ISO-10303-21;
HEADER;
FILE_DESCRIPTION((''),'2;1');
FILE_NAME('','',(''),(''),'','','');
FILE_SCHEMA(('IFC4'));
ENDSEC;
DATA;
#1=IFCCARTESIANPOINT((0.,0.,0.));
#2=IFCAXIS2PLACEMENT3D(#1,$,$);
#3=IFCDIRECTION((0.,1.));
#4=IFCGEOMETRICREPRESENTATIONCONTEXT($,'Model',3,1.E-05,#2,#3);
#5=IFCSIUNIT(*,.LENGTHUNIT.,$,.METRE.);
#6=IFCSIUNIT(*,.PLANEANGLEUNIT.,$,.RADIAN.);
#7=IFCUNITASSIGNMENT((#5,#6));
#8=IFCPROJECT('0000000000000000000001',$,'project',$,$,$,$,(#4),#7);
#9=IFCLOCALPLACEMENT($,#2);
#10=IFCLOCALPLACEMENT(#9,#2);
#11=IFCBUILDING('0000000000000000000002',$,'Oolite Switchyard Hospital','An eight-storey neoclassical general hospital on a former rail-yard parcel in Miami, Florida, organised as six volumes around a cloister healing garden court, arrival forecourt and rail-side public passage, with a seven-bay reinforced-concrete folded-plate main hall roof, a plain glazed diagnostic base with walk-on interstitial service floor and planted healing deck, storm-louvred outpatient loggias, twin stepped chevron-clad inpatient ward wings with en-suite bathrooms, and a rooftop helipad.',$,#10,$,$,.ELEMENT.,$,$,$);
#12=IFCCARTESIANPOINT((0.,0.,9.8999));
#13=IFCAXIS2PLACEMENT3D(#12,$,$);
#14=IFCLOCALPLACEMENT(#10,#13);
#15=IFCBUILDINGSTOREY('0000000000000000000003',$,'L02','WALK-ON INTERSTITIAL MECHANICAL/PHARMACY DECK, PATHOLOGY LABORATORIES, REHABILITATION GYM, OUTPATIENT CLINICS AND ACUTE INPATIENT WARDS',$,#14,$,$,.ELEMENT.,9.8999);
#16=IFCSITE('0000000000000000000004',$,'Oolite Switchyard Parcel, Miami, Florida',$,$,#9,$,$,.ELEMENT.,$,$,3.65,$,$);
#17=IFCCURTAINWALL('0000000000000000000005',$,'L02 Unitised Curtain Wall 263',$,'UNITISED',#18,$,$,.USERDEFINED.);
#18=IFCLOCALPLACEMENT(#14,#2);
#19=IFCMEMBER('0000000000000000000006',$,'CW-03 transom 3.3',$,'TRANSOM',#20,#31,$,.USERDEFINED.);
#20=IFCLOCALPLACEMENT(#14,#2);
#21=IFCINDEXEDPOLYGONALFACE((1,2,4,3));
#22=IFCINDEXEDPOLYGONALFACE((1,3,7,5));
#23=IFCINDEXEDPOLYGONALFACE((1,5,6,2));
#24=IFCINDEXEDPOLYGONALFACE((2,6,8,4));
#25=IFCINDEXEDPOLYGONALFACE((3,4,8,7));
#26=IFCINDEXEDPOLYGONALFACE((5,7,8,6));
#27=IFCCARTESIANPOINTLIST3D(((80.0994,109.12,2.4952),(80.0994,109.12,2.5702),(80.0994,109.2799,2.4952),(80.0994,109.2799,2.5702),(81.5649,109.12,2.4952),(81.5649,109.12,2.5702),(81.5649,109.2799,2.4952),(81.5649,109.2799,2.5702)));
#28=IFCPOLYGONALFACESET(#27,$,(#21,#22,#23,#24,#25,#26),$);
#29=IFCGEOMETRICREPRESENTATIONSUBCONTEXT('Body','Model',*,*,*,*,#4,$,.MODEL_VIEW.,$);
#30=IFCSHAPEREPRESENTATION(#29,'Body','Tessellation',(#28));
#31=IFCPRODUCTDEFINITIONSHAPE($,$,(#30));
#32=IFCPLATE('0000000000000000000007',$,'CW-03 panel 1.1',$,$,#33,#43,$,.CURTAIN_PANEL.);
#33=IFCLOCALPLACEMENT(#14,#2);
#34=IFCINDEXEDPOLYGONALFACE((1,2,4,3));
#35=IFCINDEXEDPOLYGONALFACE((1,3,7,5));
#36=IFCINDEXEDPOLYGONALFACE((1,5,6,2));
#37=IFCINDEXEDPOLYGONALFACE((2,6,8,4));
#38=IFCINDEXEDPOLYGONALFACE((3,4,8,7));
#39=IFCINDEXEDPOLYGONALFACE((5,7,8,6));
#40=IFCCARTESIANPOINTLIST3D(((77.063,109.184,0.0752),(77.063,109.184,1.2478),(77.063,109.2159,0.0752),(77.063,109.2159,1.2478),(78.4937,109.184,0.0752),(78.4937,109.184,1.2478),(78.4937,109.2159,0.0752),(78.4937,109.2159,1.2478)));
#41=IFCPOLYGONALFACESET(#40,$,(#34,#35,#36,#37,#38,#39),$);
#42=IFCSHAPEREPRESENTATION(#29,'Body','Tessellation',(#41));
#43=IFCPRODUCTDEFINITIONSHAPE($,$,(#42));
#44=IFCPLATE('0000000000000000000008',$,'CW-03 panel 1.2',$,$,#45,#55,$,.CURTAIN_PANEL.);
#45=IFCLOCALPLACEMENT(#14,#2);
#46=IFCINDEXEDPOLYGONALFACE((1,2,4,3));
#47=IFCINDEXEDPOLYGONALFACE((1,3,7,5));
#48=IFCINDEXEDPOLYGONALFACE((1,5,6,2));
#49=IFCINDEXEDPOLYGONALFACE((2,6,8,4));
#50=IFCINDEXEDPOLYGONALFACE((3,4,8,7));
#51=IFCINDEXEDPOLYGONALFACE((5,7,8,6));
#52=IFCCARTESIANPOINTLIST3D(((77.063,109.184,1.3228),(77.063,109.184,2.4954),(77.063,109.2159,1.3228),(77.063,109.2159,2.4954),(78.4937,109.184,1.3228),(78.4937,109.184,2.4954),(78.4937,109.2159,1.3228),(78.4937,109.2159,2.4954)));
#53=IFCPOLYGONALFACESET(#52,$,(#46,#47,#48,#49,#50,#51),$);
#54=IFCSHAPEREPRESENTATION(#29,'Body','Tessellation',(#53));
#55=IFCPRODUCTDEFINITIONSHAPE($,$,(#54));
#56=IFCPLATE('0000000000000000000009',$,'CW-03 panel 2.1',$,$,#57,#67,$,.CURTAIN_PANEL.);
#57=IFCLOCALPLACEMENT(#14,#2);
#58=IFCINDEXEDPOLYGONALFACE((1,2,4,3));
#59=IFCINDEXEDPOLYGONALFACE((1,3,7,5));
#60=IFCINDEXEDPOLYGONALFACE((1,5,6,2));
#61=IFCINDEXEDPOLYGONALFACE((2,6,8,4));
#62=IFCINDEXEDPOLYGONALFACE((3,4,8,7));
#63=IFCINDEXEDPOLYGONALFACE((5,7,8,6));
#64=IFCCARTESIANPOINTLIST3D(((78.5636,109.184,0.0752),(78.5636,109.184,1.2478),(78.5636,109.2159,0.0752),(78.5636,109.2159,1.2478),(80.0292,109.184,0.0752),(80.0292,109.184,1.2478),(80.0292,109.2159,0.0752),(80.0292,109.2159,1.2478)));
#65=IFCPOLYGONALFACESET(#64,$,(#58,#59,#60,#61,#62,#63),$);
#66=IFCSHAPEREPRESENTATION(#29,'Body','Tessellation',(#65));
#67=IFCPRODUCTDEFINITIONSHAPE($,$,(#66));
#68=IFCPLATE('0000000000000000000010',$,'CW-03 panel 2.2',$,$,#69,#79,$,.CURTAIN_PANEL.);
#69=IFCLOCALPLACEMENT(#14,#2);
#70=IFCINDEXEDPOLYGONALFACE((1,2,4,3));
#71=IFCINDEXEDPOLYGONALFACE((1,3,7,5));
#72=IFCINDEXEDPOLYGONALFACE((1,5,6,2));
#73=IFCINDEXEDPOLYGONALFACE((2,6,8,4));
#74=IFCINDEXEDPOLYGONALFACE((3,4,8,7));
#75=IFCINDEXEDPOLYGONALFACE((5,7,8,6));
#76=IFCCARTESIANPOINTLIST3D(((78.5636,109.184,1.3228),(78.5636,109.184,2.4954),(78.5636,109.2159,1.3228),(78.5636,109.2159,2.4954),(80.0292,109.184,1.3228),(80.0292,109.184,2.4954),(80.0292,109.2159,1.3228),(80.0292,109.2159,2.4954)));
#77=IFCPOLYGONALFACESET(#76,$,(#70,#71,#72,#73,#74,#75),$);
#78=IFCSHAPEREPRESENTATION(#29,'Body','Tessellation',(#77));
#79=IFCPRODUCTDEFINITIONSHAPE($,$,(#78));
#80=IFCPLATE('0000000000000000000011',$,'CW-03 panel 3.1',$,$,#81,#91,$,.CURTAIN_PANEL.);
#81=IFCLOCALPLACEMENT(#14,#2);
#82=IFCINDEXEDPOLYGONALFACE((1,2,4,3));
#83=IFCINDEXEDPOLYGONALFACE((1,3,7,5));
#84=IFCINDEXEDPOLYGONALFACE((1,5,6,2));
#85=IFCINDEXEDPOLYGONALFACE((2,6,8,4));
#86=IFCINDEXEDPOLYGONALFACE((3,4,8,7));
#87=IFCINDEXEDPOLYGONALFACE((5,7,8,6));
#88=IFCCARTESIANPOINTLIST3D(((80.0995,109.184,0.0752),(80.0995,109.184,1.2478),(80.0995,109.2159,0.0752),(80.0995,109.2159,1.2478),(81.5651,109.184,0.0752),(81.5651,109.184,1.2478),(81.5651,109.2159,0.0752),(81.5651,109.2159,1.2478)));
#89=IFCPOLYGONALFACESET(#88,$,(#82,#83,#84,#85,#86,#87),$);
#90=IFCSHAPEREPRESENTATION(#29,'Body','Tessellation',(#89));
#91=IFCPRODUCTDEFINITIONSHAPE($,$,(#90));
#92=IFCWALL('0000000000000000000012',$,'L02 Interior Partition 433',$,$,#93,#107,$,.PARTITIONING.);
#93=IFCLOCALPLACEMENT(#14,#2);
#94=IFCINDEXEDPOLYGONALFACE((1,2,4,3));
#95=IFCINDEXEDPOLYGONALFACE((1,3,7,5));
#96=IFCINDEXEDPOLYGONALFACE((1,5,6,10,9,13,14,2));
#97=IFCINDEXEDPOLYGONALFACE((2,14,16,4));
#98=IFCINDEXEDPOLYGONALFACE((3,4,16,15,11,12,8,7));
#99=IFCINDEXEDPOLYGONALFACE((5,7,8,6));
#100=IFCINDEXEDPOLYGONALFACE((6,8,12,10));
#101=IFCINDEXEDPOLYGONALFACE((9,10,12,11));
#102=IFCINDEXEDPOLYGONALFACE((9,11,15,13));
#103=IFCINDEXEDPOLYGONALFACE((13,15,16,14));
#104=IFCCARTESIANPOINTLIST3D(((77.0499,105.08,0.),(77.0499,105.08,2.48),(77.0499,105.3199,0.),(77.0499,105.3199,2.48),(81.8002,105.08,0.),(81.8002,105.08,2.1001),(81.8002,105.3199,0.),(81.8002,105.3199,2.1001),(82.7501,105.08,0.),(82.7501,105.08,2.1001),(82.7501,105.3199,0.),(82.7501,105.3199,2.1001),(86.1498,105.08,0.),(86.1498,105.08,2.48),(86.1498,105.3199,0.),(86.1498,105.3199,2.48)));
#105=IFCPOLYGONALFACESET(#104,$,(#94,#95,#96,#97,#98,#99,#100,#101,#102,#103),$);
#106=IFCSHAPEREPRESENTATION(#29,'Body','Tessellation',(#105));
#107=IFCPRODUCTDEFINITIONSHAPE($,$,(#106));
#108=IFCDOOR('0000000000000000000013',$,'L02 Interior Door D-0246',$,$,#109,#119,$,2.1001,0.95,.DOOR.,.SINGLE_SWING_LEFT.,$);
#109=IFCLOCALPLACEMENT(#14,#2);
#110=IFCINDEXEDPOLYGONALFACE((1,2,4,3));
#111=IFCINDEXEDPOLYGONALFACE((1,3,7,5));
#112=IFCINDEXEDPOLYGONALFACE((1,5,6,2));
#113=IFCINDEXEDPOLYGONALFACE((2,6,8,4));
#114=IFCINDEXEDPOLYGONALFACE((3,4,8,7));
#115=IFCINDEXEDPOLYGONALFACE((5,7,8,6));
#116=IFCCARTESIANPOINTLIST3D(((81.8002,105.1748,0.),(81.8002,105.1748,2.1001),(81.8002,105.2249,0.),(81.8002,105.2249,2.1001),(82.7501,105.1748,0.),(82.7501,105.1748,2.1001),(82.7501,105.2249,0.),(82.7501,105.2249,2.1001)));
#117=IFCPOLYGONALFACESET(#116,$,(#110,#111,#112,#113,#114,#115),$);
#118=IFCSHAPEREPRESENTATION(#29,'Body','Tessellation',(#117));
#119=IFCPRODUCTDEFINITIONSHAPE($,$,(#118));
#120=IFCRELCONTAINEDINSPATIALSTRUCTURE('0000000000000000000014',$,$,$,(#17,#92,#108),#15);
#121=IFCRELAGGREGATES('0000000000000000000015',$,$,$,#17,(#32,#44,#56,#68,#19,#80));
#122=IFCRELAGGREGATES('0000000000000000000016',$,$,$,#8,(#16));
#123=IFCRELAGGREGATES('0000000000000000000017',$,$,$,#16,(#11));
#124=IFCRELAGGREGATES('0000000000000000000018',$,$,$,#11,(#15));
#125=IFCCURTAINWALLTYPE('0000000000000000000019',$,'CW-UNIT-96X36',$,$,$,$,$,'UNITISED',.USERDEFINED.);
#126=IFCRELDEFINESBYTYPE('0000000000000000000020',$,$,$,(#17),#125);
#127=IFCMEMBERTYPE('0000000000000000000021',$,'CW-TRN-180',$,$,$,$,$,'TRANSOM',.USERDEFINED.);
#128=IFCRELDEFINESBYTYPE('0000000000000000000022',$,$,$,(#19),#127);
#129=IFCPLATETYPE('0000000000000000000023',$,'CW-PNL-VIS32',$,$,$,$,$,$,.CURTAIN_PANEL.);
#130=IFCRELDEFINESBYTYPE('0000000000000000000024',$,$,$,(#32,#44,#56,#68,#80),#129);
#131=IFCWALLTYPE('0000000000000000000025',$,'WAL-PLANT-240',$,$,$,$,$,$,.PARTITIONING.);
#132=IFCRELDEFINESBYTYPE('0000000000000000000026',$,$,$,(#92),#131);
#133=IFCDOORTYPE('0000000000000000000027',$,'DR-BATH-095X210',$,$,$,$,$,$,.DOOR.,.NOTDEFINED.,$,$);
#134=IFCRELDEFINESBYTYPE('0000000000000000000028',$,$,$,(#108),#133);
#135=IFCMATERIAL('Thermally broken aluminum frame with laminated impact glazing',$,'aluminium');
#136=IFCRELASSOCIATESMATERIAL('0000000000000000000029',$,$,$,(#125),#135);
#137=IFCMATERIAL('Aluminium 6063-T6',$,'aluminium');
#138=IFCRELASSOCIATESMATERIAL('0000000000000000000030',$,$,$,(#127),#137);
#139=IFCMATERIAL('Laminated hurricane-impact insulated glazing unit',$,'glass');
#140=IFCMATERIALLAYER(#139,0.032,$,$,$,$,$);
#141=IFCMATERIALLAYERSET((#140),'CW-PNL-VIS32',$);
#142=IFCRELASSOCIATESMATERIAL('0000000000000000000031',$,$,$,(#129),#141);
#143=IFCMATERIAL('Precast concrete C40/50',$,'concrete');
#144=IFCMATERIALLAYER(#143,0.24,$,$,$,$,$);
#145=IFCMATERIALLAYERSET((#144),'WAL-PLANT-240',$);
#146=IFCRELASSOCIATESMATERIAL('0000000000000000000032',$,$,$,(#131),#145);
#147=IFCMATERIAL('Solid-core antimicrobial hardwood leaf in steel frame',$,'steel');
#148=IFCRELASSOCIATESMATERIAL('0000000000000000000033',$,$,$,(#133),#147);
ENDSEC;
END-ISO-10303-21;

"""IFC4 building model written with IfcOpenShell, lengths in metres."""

from ifc_helpers import new_model, si_unit, direction, frame, frame_2d, origin, origin_2d, place, context, subcontext, project, spatial, rectangle, extrude, material, layer, layer_set, material_profile, profile_set, type_object, element, fill, aggregate, save


model = new_model("IFC4")

# Units and contexts
model_context = context("Model", 3, precision=1e-05, world=origin(), true_north=direction((0.0, 1.0)))
body_context = subcontext(model_context, "Body", "Model", "MODEL_VIEW")
ifc_project = project(units=[si_unit("LENGTHUNIT", "METRE"), si_unit("PLANEANGLEUNIT", "RADIAN")], contexts=[model_context])

# Site, building, storey
site_placement = place(None, origin())
site = spatial("IfcSite", under=ifc_project, at=site_placement, Name="Oolite Switchyard Parcel, Miami, Florida", CompositionType="ELEMENT", RefElevation=3.65)
building_placement = place(site_placement, origin())
building = spatial("IfcBuilding", under=site, at=building_placement, Name="Oolite Switchyard Hospital", Description="An eight-storey neoclassical general hospital on a former rail-yard parcel in Miami, Florida, organised as six volumes around a cloister healing garden court, arrival forecourt and rail-side public passage, with a seven-bay reinforced-concrete folded-plate main hall roof, a plain glazed diagnostic base with walk-on interstitial service floor and planted healing deck, storm-louvred outpatient loggias, twin stepped chevron-clad inpatient ward wings with en-suite bathrooms, and a rooftop helipad.", CompositionType="ELEMENT")
storey_placement = place(building_placement, frame((0.0, 0.0, 9.8999)))
storey = spatial("IfcBuildingStorey", under=building, at=storey_placement, Name="L02", Description="WALK-ON INTERSTITIAL MECHANICAL/PHARMACY DECK, PATHOLOGY LABORATORIES, REHABILITATION GYM, OUTPATIENT CLINICS AND ACUTE INPATIENT WARDS", CompositionType="ELEMENT", Elevation=9.8999)

# Curtain wall, member, plates
ifc_material_1 = material(Name="Thermally broken aluminum frame with laminated impact glazing", Category="aluminium")
curtain_wall_type = type_object("IfcCurtainWallType", Name="CW-UNIT-96X36", ElementType="UNITISED", PredefinedType="USERDEFINED", material=ifc_material_1)
curtain_wall_placement = place(storey_placement, origin())
curtain_wall = element("IfcCurtainWall", 1, at=curtain_wall_placement, inside=storey, type_object=curtain_wall_type, Name="L02 Unitised Curtain Wall 263", ObjectType="UNITISED", PredefinedType="USERDEFINED")
ifc_material_2 = material(Name="Aluminium 6063-T6", Category="aluminium")
ifc_material_profile_1 = material_profile(ifc_material_2, rectangle(XDim=0.1599, YDim=0.075, at=origin_2d()), Name="CWT75X160")
ifc_profile_set_1 = profile_set([ifc_material_profile_1], Name="Aluminium 6063-T6")
member_type_1 = type_object("IfcMemberType", Name="CW-TRN-180", ElementType="TRANSOM", PredefinedType="USERDEFINED", material=ifc_profile_set_1)
member_1_placement = place(storey_placement, frame((80.0994, 109.2, 2.5327), z_axis=(1.0, 0.0, 0.0), x_axis=(0.0, 1.0, 0.0)))
member_1 = element("IfcMember", 2, at=member_1_placement, type_object=member_type_1, Name="CW-03 transom 3.3", ObjectType="TRANSOM", PredefinedType="USERDEFINED", context=body_context, shape_type="SweptSolid", body=[
    extrude(rectangle(XDim=0.1599, YDim=0.075, at=origin_2d()), origin(), (0.0, 0.0, 1.0), 1.4656),
])
ifc_material_3 = material(Name="Laminated hurricane-impact insulated glazing unit", Category="glass")
ifc_layer_1 = layer(ifc_material_3, 0.032)
ifc_layer_set_1 = layer_set([ifc_layer_1], Name="CW-PNL-VIS32")
plate_type = type_object("IfcPlateType", Name="CW-PNL-VIS32", PredefinedType="CURTAIN_PANEL", material=ifc_layer_set_1)
plate_1_placement = place(storey_placement, frame((77.7783, 109.2, 0.0752), z_axis=(0.0, 0.0, 1.0), x_axis=(1.0, 0.0, 0.0)))
plate_1 = element("IfcPlate", 3, at=plate_1_placement, type_object=plate_type, Name="CW-03 panel 1.1", PredefinedType="CURTAIN_PANEL", context=body_context, shape_type="SweptSolid", body=[
    extrude(rectangle(XDim=1.4307, YDim=0.032, at=origin_2d()), origin(), (0.0, 0.0, 1.0), 1.1726),
])
plate_2_placement = place(storey_placement, frame((77.7783, 109.2, 1.3228), z_axis=(0.0, 0.0, 1.0), x_axis=(1.0, 0.0, 0.0)))
plate_2 = element("IfcPlate", 4, at=plate_2_placement, type_object=plate_type, Name="CW-03 panel 1.2", PredefinedType="CURTAIN_PANEL", context=body_context, shape_type="SweptSolid", body=[
    extrude(rectangle(XDim=1.4307, YDim=0.032, at=origin_2d()), origin(), (0.0, 0.0, 1.0), 1.1726),
])
plate_3_placement = place(storey_placement, frame((79.2964, 109.2, 0.0752), z_axis=(0.0, 0.0, 1.0), x_axis=(1.0, 0.0, 0.0)))
plate_3 = element("IfcPlate", 5, at=plate_3_placement, type_object=plate_type, Name="CW-03 panel 2.1", PredefinedType="CURTAIN_PANEL", context=body_context, shape_type="SweptSolid", body=[
    extrude(rectangle(XDim=1.4656, YDim=0.032, at=origin_2d()), origin(), (0.0, 0.0, 1.0), 1.1726),
])
plate_4_placement = place(storey_placement, frame((79.2964, 109.2, 1.3228), z_axis=(0.0, 0.0, 1.0), x_axis=(1.0, 0.0, 0.0)))
plate_4 = element("IfcPlate", 6, at=plate_4_placement, type_object=plate_type, Name="CW-03 panel 2.2", PredefinedType="CURTAIN_PANEL", context=body_context, shape_type="SweptSolid", body=[
    extrude(rectangle(XDim=1.4656, YDim=0.032, at=origin_2d()), origin(), (0.0, 0.0, 1.0), 1.1726),
])
plate_5_placement = place(storey_placement, frame((80.8323, 109.2, 0.0752), z_axis=(0.0, 0.0, 1.0), x_axis=(1.0, 0.0, 0.0)))
plate_5 = element("IfcPlate", 7, at=plate_5_placement, type_object=plate_type, Name="CW-03 panel 3.1", PredefinedType="CURTAIN_PANEL", context=body_context, shape_type="SweptSolid", body=[
    extrude(rectangle(XDim=1.4656, YDim=0.032, at=origin_2d()), origin(), (0.0, 0.0, 1.0), 1.1726),
])
aggregate(curtain_wall, [plate_1, plate_2, plate_3, plate_4, member_1, plate_5])

# Wall, opening, door
ifc_material_4 = material(Name="Precast concrete C40/50", Category="concrete")
ifc_layer_2 = layer(ifc_material_4, 0.24)
ifc_layer_set_2 = layer_set([ifc_layer_2], Name="WAL-PLANT-240")
wall_type = type_object("IfcWallType", Name="WAL-PLANT-240", PredefinedType="PARTITIONING", material=ifc_layer_set_2)
wall_1_placement = place(storey_placement, frame((77.05, 105.2, 0.0), z_axis=(0.0, 0.0, 1.0), x_axis=(1.0, 0.0, 0.0)))
wall_1 = element("IfcWall", 8, at=wall_1_placement, inside=storey, type_object=wall_type, Name="L02 Interior Partition 433", PredefinedType="PARTITIONING", context=body_context, shape_type="SweptSolid", body=[
    extrude(rectangle(XDim=9.0999, YDim=0.24, at=frame_2d((4.5498, 0.0))), origin(), (0.0, 0.0, 1.0), 2.48),
])
opening_1_placement = place(wall_1_placement, frame((4.75, 0.0, 0.0)))
opening_1 = element("IfcOpeningElement", 9, at=opening_1_placement, cuts=wall_1, PredefinedType="OPENING", context=body_context, shape_type="SweptSolid", body=[
    extrude(rectangle(XDim=0.95, YDim=2.1001, at=frame_2d((0.4751, 1.05))), frame((0.0, 0.1299, 0.0), z_axis=(0.0, -1.0, 0.0), x_axis=(1.0, 0.0, 0.0)), (0.0, 0.0, 1.0), 0.26),
])
ifc_material_5 = material(Name="Solid-core antimicrobial hardwood leaf in steel frame", Category="steel")
door_type_1 = type_object("IfcDoorType", Name="DR-BATH-095X210", OperationType="NOTDEFINED", PredefinedType="DOOR", material=ifc_material_5)
door_1_placement = place(opening_1_placement, origin())
door_1 = element("IfcDoor", 10, at=door_1_placement, inside=storey, type_object=door_type_1, Name="L02 Interior Door D-0246", OperationType="SINGLE_SWING_LEFT", OverallHeight=2.1001, OverallWidth=0.95, PredefinedType="DOOR", context=body_context, shape_type="SweptSolid", body=[
    extrude(rectangle(XDim=0.95, YDim=2.1001, at=frame_2d((0.4751, 1.05))), frame((0.0, 0.0249, 0.0), z_axis=(0.0, -1.0, 0.0), x_axis=(1.0, 0.0, 0.0)), (0.0, 0.0, 1.0), 0.05),
])
fill(opening_1, door_1)

save(model, "model.ifc")
